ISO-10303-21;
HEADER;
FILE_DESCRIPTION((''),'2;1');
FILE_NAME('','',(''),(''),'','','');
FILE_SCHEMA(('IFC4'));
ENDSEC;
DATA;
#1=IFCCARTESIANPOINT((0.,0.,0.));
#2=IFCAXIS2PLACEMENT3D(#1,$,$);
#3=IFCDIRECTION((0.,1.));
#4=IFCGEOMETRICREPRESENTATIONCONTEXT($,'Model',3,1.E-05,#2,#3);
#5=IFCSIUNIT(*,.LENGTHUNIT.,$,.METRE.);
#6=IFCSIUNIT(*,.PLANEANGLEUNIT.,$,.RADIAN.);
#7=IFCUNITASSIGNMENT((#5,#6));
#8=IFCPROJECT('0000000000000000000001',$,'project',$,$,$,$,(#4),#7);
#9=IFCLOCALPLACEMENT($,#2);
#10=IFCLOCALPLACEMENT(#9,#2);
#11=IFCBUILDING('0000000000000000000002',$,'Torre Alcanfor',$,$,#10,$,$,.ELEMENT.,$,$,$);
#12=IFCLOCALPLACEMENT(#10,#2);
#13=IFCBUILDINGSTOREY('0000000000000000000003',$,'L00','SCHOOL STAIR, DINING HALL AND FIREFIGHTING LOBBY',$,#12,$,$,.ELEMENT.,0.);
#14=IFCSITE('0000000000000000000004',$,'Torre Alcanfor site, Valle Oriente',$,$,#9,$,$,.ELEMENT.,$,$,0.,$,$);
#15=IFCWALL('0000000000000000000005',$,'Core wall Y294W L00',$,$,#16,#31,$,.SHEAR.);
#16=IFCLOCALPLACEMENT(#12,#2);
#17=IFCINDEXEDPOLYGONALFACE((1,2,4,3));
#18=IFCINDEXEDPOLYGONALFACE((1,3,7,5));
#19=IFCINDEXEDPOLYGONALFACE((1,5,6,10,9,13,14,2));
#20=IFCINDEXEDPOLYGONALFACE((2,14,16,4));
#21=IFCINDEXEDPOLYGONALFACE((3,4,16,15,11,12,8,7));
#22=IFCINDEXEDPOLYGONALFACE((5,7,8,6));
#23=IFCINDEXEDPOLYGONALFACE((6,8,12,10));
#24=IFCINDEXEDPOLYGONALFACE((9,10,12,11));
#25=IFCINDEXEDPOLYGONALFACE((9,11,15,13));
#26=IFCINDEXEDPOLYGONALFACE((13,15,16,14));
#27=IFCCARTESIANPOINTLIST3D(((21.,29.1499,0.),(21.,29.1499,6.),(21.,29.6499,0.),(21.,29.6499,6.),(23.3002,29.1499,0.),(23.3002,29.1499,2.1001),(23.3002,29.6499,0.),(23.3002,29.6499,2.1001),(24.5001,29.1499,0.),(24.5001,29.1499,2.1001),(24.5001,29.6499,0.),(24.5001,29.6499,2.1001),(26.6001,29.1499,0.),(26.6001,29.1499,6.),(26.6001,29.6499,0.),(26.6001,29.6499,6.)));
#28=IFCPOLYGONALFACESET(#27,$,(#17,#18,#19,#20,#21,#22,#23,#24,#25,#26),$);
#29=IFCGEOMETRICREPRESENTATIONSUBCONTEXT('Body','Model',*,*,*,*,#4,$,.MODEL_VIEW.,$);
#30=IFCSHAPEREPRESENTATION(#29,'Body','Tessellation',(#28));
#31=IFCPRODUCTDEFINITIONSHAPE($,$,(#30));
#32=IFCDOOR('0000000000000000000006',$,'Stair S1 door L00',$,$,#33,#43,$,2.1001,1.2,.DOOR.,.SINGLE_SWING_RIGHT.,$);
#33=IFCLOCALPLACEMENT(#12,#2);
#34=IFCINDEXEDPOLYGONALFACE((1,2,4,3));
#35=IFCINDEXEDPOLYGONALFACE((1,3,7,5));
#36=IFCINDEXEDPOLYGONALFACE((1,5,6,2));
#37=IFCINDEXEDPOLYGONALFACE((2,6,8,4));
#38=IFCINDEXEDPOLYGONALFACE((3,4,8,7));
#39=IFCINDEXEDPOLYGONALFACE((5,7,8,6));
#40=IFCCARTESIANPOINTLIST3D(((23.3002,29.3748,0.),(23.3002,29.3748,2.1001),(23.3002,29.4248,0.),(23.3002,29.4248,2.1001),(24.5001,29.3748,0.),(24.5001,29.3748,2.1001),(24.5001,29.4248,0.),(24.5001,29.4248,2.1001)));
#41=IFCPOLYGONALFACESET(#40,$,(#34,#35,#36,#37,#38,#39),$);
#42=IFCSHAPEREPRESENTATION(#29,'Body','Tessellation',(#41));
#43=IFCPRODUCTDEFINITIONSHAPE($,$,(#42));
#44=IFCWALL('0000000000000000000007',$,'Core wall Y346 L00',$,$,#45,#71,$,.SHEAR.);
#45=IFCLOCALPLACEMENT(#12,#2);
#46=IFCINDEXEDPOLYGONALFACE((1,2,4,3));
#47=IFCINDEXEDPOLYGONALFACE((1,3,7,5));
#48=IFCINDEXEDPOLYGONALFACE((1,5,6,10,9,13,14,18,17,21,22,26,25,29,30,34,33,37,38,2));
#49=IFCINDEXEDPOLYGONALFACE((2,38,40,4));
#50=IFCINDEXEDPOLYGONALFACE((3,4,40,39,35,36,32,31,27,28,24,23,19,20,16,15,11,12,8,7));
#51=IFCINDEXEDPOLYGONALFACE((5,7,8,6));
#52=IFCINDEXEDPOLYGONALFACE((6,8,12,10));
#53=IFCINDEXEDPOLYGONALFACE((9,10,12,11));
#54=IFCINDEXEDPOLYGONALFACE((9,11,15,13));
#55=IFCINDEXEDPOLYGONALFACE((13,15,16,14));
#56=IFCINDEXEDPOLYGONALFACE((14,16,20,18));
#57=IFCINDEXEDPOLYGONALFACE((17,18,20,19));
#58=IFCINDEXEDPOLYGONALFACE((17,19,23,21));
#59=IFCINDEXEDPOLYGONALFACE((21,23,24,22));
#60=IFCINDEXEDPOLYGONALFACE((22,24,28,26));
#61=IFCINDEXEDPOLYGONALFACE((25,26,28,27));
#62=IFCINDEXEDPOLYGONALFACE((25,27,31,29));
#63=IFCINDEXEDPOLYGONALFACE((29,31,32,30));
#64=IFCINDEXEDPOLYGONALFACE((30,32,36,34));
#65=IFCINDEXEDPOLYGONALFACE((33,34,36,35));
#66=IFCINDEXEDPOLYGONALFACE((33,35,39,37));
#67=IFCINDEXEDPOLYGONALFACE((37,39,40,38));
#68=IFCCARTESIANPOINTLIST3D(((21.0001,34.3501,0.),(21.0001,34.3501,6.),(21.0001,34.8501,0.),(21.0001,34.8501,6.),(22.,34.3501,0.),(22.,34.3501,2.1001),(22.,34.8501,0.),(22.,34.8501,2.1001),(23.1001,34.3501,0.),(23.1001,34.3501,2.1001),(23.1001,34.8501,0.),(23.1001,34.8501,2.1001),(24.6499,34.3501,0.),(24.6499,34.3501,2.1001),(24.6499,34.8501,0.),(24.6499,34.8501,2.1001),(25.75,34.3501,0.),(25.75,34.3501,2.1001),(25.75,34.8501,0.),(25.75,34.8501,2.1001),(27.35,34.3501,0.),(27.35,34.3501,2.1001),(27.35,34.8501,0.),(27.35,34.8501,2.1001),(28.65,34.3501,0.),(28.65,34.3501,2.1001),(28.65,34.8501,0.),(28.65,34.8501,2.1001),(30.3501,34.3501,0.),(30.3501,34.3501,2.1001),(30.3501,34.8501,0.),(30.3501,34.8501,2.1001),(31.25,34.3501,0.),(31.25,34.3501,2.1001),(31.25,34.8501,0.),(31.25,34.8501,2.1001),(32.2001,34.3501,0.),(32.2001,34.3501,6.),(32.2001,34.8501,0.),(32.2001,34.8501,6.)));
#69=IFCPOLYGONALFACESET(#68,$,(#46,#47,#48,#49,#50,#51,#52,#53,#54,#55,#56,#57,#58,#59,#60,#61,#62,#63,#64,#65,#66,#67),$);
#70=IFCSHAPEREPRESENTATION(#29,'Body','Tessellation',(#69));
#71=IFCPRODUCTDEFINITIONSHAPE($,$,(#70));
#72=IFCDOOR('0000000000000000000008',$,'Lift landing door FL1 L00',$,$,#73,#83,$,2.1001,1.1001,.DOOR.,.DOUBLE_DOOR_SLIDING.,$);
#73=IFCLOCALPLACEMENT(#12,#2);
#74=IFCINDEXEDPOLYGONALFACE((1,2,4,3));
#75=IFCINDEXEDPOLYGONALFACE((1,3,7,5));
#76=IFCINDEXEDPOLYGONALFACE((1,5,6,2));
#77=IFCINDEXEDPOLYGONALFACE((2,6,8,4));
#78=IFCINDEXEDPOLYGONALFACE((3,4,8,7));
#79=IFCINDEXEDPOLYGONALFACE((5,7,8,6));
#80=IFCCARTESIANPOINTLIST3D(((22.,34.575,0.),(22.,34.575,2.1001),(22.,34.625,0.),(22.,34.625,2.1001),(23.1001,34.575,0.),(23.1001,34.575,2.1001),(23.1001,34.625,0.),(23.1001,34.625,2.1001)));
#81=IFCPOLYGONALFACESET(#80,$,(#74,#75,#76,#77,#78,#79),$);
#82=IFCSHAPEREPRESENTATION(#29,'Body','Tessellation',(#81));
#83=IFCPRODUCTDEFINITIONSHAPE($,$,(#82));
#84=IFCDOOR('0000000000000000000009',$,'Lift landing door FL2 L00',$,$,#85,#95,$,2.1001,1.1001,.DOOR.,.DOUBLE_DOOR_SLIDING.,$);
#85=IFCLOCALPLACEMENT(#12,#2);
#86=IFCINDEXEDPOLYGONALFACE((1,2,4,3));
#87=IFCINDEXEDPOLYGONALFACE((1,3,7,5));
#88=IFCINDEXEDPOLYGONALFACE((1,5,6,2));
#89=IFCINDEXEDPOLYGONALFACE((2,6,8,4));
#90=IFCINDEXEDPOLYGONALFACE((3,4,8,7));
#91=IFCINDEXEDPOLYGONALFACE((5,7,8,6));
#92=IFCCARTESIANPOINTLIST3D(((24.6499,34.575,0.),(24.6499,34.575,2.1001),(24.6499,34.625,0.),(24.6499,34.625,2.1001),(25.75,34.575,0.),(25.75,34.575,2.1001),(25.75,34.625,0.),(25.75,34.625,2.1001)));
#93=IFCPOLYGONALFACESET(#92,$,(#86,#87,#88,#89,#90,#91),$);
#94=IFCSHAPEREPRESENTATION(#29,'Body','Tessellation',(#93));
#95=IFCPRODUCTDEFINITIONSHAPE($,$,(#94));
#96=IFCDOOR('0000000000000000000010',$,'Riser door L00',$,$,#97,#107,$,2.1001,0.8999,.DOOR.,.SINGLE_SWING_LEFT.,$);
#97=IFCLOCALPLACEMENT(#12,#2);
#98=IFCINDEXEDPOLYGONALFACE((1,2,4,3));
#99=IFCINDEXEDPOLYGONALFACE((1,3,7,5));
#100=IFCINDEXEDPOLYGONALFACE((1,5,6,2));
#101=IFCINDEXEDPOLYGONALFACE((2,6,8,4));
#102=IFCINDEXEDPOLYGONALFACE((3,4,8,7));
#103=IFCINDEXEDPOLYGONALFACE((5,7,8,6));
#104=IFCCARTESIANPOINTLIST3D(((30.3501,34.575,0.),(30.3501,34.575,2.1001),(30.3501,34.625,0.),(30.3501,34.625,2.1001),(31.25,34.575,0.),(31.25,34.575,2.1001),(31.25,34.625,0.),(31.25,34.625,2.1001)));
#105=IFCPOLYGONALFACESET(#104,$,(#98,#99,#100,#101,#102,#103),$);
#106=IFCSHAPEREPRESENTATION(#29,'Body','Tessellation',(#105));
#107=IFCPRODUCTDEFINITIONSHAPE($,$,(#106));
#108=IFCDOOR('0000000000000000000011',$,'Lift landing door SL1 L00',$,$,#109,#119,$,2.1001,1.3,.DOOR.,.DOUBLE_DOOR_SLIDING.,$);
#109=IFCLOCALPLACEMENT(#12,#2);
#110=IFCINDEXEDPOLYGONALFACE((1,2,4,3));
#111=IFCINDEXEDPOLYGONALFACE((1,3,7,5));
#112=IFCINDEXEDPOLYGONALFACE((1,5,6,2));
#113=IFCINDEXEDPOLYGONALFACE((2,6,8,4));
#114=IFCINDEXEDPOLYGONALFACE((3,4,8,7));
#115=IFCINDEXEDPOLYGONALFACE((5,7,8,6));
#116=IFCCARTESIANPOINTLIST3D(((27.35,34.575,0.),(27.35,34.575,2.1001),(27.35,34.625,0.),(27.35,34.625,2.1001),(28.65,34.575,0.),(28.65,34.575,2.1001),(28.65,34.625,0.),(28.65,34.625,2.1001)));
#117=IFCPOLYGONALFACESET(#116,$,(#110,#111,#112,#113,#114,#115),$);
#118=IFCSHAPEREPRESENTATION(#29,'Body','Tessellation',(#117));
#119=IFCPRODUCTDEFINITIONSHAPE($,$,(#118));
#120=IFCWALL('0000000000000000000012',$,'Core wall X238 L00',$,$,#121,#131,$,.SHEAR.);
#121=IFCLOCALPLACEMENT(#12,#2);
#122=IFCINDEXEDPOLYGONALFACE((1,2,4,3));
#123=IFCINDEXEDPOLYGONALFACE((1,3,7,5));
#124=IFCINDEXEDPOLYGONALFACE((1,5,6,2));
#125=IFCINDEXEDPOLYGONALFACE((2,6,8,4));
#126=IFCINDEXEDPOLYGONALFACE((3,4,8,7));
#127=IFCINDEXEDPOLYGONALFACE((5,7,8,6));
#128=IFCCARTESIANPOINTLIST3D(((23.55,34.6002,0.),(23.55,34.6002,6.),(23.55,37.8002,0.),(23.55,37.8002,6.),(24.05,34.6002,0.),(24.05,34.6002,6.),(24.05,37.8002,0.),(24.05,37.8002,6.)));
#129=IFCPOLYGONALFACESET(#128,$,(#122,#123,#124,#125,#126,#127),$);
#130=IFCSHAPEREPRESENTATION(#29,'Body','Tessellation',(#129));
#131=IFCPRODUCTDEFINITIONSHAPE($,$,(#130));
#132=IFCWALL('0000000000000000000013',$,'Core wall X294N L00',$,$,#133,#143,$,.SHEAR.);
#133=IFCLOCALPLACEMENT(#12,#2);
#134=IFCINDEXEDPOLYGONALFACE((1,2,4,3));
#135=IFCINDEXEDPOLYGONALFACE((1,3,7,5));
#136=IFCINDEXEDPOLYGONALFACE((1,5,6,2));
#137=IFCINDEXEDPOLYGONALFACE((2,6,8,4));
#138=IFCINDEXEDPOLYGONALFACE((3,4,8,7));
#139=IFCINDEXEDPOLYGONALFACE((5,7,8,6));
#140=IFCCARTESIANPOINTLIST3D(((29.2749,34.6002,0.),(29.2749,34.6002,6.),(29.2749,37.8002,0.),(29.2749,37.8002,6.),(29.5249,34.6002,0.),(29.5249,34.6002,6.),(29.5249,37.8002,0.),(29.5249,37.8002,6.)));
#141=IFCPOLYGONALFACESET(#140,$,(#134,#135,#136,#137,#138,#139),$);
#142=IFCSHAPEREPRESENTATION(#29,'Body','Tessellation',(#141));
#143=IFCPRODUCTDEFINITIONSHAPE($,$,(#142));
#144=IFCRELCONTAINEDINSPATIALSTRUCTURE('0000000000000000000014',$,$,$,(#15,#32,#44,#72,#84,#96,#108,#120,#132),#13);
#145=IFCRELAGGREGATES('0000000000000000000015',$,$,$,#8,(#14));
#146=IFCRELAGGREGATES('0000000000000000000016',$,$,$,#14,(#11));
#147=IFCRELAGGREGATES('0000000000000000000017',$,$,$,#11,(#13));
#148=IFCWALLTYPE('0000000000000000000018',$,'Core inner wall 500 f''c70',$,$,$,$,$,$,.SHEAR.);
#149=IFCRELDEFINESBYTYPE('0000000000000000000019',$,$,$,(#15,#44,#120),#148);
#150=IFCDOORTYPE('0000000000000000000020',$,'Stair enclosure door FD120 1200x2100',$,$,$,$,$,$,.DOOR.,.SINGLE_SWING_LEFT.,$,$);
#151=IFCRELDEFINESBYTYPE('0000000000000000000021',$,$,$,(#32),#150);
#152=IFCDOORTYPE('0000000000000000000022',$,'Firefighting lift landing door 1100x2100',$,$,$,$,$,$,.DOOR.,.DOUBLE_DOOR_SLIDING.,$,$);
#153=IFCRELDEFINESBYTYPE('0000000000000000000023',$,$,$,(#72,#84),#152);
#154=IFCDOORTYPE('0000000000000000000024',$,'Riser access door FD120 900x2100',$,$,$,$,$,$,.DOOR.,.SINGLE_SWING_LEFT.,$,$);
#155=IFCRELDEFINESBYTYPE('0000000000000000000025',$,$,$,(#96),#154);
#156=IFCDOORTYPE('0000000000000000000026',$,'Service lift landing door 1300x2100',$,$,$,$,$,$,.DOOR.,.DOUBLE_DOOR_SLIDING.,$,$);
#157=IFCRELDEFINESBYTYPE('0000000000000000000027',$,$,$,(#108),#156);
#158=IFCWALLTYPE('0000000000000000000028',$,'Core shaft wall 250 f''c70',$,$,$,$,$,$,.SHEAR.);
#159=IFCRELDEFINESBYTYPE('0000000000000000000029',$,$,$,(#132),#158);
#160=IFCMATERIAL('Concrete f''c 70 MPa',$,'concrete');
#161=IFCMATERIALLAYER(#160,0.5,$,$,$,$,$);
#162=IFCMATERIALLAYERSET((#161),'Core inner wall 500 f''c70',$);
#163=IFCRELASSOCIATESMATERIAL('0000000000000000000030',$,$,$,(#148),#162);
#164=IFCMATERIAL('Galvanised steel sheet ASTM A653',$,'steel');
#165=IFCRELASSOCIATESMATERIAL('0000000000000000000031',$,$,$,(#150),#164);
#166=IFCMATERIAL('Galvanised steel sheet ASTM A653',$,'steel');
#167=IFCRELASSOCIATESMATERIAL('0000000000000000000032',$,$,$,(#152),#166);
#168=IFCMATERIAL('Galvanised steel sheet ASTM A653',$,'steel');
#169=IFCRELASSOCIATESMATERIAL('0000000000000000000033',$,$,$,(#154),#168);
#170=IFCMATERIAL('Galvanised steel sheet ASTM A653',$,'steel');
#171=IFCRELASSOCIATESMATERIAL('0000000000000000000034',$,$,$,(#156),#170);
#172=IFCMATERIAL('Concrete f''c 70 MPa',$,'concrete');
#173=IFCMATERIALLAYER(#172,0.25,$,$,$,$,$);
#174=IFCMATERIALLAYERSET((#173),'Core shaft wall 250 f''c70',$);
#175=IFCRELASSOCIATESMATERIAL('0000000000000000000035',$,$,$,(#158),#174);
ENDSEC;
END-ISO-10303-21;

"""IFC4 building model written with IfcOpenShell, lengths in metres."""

from ifc_helpers import new_model, si_unit, direction, frame, frame_2d, origin, place, context, subcontext, project, spatial, rectangle, extrude, material, layer, layer_set, type_object, element, fill, save


model = new_model("IFC4")

# Units and contexts
model_context = context("Model", 3, precision=1e-05, world=origin(), true_north=direction((0.0, 1.0)))
body_context = subcontext(model_context, "Body", "Model", "MODEL_VIEW")
ifc_project = project(units=[si_unit("LENGTHUNIT", "METRE"), si_unit("PLANEANGLEUNIT", "RADIAN")], contexts=[model_context])

# Site, building, storey
site_placement = place(None, origin())
site = spatial("IfcSite", under=ifc_project, at=site_placement, Name="Torre Alcanfor site, Valle Oriente", CompositionType="ELEMENT", RefElevation=0.0)
building_placement = place(site_placement, origin())
building = spatial("IfcBuilding", under=site, at=building_placement, Name="Torre Alcanfor", CompositionType="ELEMENT")
storey_placement = place(building_placement, origin())
storey = spatial("IfcBuildingStorey", under=building, at=storey_placement, Name="L00", Description="SCHOOL STAIR, DINING HALL AND FIREFIGHTING LOBBY", CompositionType="ELEMENT", Elevation=0.0)

# Wall, opening, door
ifc_material_1 = material(Name="Concrete f'c 70 MPa", Category="concrete")
ifc_layer_1 = layer(ifc_material_1, 0.5)
ifc_layer_set_1 = layer_set([ifc_layer_1], Name="Core inner wall 500 f'c70")
wall_type_1 = type_object("IfcWallType", Name="Core inner wall 500 f'c70", PredefinedType="SHEAR", material=ifc_layer_set_1)
wall_1_placement = place(storey_placement, frame((21.0, 29.3999, 0.0), z_axis=(0.0, 0.0, 1.0), x_axis=(1.0, 0.0, 0.0)))
wall_1 = element("IfcWall", 1, at=wall_1_placement, inside=storey, type_object=wall_type_1, Name="Core wall Y294W L00", PredefinedType="SHEAR", context=body_context, shape_type="SweptSolid", body=[
    extrude(rectangle(XDim=5.6001, YDim=0.5, at=frame_2d((2.8, 0.0))), origin(), (0.0, 0.0, 1.0), 6.0),
])
opening_1_placement = place(wall_1_placement, frame((2.3, 0.0, 0.0)))
opening_1 = element("IfcOpeningElement", 2, at=opening_1_placement, cuts=wall_1, PredefinedType="OPENING", context=body_context, shape_type="SweptSolid", body=[
    extrude(rectangle(XDim=1.2, YDim=2.1001, at=frame_2d((0.6001, 1.05))), frame((0.0, 0.26, 0.0), z_axis=(0.0, -1.0, 0.0), x_axis=(1.0, 0.0, 0.0)), (0.0, 0.0, 1.0), 0.52),
])
ifc_material_2 = material(Name="Galvanised steel sheet ASTM A653", Category="steel")
door_type_1 = type_object("IfcDoorType", Name="Stair enclosure door FD120 1200x2100", OperationType="SINGLE_SWING_LEFT", PredefinedType="DOOR", material=ifc_material_2)
door_1_placement = place(opening_1_placement, origin())
door_1 = element("IfcDoor", 3, at=door_1_placement, inside=storey, type_object=door_type_1, Name="Stair S1 door L00", OperationType="SINGLE_SWING_RIGHT", OverallHeight=2.1001, OverallWidth=1.2, PredefinedType="DOOR", context=body_context, shape_type="SweptSolid", body=[
    extrude(rectangle(XDim=1.2, YDim=2.1001, at=frame_2d((0.6001, 1.05))), frame((0.0, 0.0249, 0.0), z_axis=(0.0, -1.0, 0.0), x_axis=(1.0, 0.0, 0.0)), (0.0, 0.0, 1.0), 0.05),
])
fill(opening_1, door_1)

# Wall, openings, doors
wall_2_placement = place(storey_placement, frame((21.0, 34.6001, 0.0), z_axis=(0.0, 0.0, 1.0), x_axis=(1.0, 0.0, 0.0)))
wall_2 = element("IfcWall", 4, at=wall_2_placement, inside=storey, type_object=wall_type_1, Name="Core wall Y346 L00", PredefinedType="SHEAR", context=body_context, shape_type="SweptSolid", body=[
    extrude(rectangle(XDim=11.2, YDim=0.5, at=frame_2d((5.6001, 0.0))), origin(), (0.0, 0.0, 1.0), 6.0),
])
opening_2_placement = place(wall_2_placement, frame((9.3501, 0.0, 0.0)))
opening_2 = element("IfcOpeningElement", 5, at=opening_2_placement, cuts=wall_2, PredefinedType="OPENING", context=body_context, shape_type="SweptSolid", body=[
    extrude(rectangle(XDim=0.8999, YDim=2.1001, at=frame_2d((0.45, 1.05))), frame((0.0, 0.26, 0.0), z_axis=(0.0, -1.0, 0.0), x_axis=(1.0, 0.0, 0.0)), (0.0, 0.0, 1.0), 0.52),
])
opening_3_placement = place(wall_2_placement, frame((1.0, 0.0, 0.0)))
opening_3 = element("IfcOpeningElement", 6, at=opening_3_placement, cuts=wall_2, PredefinedType="OPENING", context=body_context, shape_type="SweptSolid", body=[
    extrude(rectangle(XDim=1.1001, YDim=2.1001, at=frame_2d((0.55, 1.05))), frame((0.0, 0.26, 0.0), z_axis=(0.0, -1.0, 0.0), x_axis=(1.0, 0.0, 0.0)), (0.0, 0.0, 1.0), 0.52),
])
opening_4_placement = place(wall_2_placement, frame((3.6499, 0.0, 0.0)))
opening_4 = element("IfcOpeningElement", 7, at=opening_4_placement, cuts=wall_2, PredefinedType="OPENING", context=body_context, shape_type="SweptSolid", body=[
    extrude(rectangle(XDim=1.1001, YDim=2.1001, at=frame_2d((0.55, 1.05))), frame((0.0, 0.26, 0.0), z_axis=(0.0, -1.0, 0.0), x_axis=(1.0, 0.0, 0.0)), (0.0, 0.0, 1.0), 0.52),
])
opening_5_placement = place(wall_2_placement, frame((6.3501, 0.0, 0.0)))
opening_5 = element("IfcOpeningElement", 8, at=opening_5_placement, cuts=wall_2, PredefinedType="OPENING", context=body_context, shape_type="SweptSolid", body=[
    extrude(rectangle(XDim=1.3, YDim=2.1001, at=frame_2d((0.6499, 1.05))), frame((0.0, 0.26, 0.0), z_axis=(0.0, -1.0, 0.0), x_axis=(1.0, 0.0, 0.0)), (0.0, 0.0, 1.0), 0.52),
])
ifc_material_3 = material(Name="Galvanised steel sheet ASTM A653", Category="steel")
door_type_2 = type_object("IfcDoorType", Name="Firefighting lift landing door 1100x2100", OperationType="DOUBLE_DOOR_SLIDING", PredefinedType="DOOR", material=ifc_material_3)
door_2_placement = place(opening_3_placement, origin())
door_2 = element("IfcDoor", 9, at=door_2_placement, inside=storey, type_object=door_type_2, Name="Lift landing door FL1 L00", OperationType="DOUBLE_DOOR_SLIDING", OverallHeight=2.1001, OverallWidth=1.1001, PredefinedType="DOOR", context=body_context, shape_type="SweptSolid", body=[
    extrude(rectangle(XDim=1.1001, YDim=2.1001, at=frame_2d((0.55, 1.05))), frame((0.0, 0.0249, 0.0), z_axis=(0.0, -1.0, 0.0), x_axis=(1.0, 0.0, 0.0)), (0.0, 0.0, 1.0), 0.05),
])
fill(opening_3, door_2)
door_3_placement = place(opening_4_placement, origin())
door_3 = element("IfcDoor", 10, at=door_3_placement, inside=storey, type_object=door_type_2, Name="Lift landing door FL2 L00", OperationType="DOUBLE_DOOR_SLIDING", OverallHeight=2.1001, OverallWidth=1.1001, PredefinedType="DOOR", context=body_context, shape_type="SweptSolid", body=[
    extrude(rectangle(XDim=1.1001, YDim=2.1001, at=frame_2d((0.55, 1.05))), frame((0.0, 0.0249, 0.0), z_axis=(0.0, -1.0, 0.0), x_axis=(1.0, 0.0, 0.0)), (0.0, 0.0, 1.0), 0.05),
])
fill(opening_4, door_3)
ifc_material_4 = material(Name="Galvanised steel sheet ASTM A653", Category="steel")
door_type_3 = type_object("IfcDoorType", Name="Riser access door FD120 900x2100", OperationType="SINGLE_SWING_LEFT", PredefinedType="DOOR", material=ifc_material_4)
door_4_placement = place(opening_2_placement, origin())
door_4 = element("IfcDoor", 11, at=door_4_placement, inside=storey, type_object=door_type_3, Name="Riser door L00", OperationType="SINGLE_SWING_LEFT", OverallHeight=2.1001, OverallWidth=0.8999, PredefinedType="DOOR", context=body_context, shape_type="SweptSolid", body=[
    extrude(rectangle(XDim=0.8999, YDim=2.1001, at=frame_2d((0.45, 1.05))), frame((0.0, 0.0249, 0.0), z_axis=(0.0, -1.0, 0.0), x_axis=(1.0, 0.0, 0.0)), (0.0, 0.0, 1.0), 0.05),
])
fill(opening_2, door_4)
ifc_material_5 = material(Name="Galvanised steel sheet ASTM A653", Category="steel")
door_type_4 = type_object("IfcDoorType", Name="Service lift landing door 1300x2100", OperationType="DOUBLE_DOOR_SLIDING", PredefinedType="DOOR", material=ifc_material_5)
door_5_placement = place(opening_5_placement, origin())
door_5 = element("IfcDoor", 12, at=door_5_placement, inside=storey, type_object=door_type_4, Name="Lift landing door SL1 L00", OperationType="DOUBLE_DOOR_SLIDING", OverallHeight=2.1001, OverallWidth=1.3, PredefinedType="DOOR", context=body_context, shape_type="SweptSolid", body=[
    extrude(rectangle(XDim=1.3, YDim=2.1001, at=frame_2d((0.6499, 1.05))), frame((0.0, 0.0249, 0.0), z_axis=(0.0, -1.0, 0.0), x_axis=(1.0, 0.0, 0.0)), (0.0, 0.0, 1.0), 0.05),
])
fill(opening_5, door_5)

# Walls
wall_3_placement = place(storey_placement, frame((23.8, 34.6001, 0.0), z_axis=(0.0, 0.0, 1.0), x_axis=(0.0, 1.0, 0.0)))
element("IfcWall", 13, at=wall_3_placement, inside=storey, type_object=wall_type_1, Name="Core wall X238 L00", PredefinedType="SHEAR", context=body_context, shape_type="SweptSolid", body=[
    extrude(rectangle(XDim=3.2, YDim=0.5, at=frame_2d((1.6001, 0.0))), origin(), (0.0, 0.0, 1.0), 6.0),
])
ifc_material_6 = material(Name="Concrete f'c 70 MPa", Category="concrete")
ifc_layer_2 = layer(ifc_material_6, 0.25)
ifc_layer_set_2 = layer_set([ifc_layer_2], Name="Core shaft wall 250 f'c70")
wall_type_2 = type_object("IfcWallType", Name="Core shaft wall 250 f'c70", PredefinedType="SHEAR", material=ifc_layer_set_2)
wall_4_placement = place(storey_placement, frame((29.3999, 34.6001, 0.0), z_axis=(0.0, 0.0, 1.0), x_axis=(0.0, 1.0, 0.0)))
element("IfcWall", 14, at=wall_4_placement, inside=storey, type_object=wall_type_2, Name="Core wall X294N L00", PredefinedType="SHEAR", context=body_context, shape_type="SweptSolid", body=[
    extrude(rectangle(XDim=3.2, YDim=0.25, at=frame_2d((1.6001, 0.0))), origin(), (0.0, 0.0, 1.0), 6.0),
])

save(model, "model.ifc")
